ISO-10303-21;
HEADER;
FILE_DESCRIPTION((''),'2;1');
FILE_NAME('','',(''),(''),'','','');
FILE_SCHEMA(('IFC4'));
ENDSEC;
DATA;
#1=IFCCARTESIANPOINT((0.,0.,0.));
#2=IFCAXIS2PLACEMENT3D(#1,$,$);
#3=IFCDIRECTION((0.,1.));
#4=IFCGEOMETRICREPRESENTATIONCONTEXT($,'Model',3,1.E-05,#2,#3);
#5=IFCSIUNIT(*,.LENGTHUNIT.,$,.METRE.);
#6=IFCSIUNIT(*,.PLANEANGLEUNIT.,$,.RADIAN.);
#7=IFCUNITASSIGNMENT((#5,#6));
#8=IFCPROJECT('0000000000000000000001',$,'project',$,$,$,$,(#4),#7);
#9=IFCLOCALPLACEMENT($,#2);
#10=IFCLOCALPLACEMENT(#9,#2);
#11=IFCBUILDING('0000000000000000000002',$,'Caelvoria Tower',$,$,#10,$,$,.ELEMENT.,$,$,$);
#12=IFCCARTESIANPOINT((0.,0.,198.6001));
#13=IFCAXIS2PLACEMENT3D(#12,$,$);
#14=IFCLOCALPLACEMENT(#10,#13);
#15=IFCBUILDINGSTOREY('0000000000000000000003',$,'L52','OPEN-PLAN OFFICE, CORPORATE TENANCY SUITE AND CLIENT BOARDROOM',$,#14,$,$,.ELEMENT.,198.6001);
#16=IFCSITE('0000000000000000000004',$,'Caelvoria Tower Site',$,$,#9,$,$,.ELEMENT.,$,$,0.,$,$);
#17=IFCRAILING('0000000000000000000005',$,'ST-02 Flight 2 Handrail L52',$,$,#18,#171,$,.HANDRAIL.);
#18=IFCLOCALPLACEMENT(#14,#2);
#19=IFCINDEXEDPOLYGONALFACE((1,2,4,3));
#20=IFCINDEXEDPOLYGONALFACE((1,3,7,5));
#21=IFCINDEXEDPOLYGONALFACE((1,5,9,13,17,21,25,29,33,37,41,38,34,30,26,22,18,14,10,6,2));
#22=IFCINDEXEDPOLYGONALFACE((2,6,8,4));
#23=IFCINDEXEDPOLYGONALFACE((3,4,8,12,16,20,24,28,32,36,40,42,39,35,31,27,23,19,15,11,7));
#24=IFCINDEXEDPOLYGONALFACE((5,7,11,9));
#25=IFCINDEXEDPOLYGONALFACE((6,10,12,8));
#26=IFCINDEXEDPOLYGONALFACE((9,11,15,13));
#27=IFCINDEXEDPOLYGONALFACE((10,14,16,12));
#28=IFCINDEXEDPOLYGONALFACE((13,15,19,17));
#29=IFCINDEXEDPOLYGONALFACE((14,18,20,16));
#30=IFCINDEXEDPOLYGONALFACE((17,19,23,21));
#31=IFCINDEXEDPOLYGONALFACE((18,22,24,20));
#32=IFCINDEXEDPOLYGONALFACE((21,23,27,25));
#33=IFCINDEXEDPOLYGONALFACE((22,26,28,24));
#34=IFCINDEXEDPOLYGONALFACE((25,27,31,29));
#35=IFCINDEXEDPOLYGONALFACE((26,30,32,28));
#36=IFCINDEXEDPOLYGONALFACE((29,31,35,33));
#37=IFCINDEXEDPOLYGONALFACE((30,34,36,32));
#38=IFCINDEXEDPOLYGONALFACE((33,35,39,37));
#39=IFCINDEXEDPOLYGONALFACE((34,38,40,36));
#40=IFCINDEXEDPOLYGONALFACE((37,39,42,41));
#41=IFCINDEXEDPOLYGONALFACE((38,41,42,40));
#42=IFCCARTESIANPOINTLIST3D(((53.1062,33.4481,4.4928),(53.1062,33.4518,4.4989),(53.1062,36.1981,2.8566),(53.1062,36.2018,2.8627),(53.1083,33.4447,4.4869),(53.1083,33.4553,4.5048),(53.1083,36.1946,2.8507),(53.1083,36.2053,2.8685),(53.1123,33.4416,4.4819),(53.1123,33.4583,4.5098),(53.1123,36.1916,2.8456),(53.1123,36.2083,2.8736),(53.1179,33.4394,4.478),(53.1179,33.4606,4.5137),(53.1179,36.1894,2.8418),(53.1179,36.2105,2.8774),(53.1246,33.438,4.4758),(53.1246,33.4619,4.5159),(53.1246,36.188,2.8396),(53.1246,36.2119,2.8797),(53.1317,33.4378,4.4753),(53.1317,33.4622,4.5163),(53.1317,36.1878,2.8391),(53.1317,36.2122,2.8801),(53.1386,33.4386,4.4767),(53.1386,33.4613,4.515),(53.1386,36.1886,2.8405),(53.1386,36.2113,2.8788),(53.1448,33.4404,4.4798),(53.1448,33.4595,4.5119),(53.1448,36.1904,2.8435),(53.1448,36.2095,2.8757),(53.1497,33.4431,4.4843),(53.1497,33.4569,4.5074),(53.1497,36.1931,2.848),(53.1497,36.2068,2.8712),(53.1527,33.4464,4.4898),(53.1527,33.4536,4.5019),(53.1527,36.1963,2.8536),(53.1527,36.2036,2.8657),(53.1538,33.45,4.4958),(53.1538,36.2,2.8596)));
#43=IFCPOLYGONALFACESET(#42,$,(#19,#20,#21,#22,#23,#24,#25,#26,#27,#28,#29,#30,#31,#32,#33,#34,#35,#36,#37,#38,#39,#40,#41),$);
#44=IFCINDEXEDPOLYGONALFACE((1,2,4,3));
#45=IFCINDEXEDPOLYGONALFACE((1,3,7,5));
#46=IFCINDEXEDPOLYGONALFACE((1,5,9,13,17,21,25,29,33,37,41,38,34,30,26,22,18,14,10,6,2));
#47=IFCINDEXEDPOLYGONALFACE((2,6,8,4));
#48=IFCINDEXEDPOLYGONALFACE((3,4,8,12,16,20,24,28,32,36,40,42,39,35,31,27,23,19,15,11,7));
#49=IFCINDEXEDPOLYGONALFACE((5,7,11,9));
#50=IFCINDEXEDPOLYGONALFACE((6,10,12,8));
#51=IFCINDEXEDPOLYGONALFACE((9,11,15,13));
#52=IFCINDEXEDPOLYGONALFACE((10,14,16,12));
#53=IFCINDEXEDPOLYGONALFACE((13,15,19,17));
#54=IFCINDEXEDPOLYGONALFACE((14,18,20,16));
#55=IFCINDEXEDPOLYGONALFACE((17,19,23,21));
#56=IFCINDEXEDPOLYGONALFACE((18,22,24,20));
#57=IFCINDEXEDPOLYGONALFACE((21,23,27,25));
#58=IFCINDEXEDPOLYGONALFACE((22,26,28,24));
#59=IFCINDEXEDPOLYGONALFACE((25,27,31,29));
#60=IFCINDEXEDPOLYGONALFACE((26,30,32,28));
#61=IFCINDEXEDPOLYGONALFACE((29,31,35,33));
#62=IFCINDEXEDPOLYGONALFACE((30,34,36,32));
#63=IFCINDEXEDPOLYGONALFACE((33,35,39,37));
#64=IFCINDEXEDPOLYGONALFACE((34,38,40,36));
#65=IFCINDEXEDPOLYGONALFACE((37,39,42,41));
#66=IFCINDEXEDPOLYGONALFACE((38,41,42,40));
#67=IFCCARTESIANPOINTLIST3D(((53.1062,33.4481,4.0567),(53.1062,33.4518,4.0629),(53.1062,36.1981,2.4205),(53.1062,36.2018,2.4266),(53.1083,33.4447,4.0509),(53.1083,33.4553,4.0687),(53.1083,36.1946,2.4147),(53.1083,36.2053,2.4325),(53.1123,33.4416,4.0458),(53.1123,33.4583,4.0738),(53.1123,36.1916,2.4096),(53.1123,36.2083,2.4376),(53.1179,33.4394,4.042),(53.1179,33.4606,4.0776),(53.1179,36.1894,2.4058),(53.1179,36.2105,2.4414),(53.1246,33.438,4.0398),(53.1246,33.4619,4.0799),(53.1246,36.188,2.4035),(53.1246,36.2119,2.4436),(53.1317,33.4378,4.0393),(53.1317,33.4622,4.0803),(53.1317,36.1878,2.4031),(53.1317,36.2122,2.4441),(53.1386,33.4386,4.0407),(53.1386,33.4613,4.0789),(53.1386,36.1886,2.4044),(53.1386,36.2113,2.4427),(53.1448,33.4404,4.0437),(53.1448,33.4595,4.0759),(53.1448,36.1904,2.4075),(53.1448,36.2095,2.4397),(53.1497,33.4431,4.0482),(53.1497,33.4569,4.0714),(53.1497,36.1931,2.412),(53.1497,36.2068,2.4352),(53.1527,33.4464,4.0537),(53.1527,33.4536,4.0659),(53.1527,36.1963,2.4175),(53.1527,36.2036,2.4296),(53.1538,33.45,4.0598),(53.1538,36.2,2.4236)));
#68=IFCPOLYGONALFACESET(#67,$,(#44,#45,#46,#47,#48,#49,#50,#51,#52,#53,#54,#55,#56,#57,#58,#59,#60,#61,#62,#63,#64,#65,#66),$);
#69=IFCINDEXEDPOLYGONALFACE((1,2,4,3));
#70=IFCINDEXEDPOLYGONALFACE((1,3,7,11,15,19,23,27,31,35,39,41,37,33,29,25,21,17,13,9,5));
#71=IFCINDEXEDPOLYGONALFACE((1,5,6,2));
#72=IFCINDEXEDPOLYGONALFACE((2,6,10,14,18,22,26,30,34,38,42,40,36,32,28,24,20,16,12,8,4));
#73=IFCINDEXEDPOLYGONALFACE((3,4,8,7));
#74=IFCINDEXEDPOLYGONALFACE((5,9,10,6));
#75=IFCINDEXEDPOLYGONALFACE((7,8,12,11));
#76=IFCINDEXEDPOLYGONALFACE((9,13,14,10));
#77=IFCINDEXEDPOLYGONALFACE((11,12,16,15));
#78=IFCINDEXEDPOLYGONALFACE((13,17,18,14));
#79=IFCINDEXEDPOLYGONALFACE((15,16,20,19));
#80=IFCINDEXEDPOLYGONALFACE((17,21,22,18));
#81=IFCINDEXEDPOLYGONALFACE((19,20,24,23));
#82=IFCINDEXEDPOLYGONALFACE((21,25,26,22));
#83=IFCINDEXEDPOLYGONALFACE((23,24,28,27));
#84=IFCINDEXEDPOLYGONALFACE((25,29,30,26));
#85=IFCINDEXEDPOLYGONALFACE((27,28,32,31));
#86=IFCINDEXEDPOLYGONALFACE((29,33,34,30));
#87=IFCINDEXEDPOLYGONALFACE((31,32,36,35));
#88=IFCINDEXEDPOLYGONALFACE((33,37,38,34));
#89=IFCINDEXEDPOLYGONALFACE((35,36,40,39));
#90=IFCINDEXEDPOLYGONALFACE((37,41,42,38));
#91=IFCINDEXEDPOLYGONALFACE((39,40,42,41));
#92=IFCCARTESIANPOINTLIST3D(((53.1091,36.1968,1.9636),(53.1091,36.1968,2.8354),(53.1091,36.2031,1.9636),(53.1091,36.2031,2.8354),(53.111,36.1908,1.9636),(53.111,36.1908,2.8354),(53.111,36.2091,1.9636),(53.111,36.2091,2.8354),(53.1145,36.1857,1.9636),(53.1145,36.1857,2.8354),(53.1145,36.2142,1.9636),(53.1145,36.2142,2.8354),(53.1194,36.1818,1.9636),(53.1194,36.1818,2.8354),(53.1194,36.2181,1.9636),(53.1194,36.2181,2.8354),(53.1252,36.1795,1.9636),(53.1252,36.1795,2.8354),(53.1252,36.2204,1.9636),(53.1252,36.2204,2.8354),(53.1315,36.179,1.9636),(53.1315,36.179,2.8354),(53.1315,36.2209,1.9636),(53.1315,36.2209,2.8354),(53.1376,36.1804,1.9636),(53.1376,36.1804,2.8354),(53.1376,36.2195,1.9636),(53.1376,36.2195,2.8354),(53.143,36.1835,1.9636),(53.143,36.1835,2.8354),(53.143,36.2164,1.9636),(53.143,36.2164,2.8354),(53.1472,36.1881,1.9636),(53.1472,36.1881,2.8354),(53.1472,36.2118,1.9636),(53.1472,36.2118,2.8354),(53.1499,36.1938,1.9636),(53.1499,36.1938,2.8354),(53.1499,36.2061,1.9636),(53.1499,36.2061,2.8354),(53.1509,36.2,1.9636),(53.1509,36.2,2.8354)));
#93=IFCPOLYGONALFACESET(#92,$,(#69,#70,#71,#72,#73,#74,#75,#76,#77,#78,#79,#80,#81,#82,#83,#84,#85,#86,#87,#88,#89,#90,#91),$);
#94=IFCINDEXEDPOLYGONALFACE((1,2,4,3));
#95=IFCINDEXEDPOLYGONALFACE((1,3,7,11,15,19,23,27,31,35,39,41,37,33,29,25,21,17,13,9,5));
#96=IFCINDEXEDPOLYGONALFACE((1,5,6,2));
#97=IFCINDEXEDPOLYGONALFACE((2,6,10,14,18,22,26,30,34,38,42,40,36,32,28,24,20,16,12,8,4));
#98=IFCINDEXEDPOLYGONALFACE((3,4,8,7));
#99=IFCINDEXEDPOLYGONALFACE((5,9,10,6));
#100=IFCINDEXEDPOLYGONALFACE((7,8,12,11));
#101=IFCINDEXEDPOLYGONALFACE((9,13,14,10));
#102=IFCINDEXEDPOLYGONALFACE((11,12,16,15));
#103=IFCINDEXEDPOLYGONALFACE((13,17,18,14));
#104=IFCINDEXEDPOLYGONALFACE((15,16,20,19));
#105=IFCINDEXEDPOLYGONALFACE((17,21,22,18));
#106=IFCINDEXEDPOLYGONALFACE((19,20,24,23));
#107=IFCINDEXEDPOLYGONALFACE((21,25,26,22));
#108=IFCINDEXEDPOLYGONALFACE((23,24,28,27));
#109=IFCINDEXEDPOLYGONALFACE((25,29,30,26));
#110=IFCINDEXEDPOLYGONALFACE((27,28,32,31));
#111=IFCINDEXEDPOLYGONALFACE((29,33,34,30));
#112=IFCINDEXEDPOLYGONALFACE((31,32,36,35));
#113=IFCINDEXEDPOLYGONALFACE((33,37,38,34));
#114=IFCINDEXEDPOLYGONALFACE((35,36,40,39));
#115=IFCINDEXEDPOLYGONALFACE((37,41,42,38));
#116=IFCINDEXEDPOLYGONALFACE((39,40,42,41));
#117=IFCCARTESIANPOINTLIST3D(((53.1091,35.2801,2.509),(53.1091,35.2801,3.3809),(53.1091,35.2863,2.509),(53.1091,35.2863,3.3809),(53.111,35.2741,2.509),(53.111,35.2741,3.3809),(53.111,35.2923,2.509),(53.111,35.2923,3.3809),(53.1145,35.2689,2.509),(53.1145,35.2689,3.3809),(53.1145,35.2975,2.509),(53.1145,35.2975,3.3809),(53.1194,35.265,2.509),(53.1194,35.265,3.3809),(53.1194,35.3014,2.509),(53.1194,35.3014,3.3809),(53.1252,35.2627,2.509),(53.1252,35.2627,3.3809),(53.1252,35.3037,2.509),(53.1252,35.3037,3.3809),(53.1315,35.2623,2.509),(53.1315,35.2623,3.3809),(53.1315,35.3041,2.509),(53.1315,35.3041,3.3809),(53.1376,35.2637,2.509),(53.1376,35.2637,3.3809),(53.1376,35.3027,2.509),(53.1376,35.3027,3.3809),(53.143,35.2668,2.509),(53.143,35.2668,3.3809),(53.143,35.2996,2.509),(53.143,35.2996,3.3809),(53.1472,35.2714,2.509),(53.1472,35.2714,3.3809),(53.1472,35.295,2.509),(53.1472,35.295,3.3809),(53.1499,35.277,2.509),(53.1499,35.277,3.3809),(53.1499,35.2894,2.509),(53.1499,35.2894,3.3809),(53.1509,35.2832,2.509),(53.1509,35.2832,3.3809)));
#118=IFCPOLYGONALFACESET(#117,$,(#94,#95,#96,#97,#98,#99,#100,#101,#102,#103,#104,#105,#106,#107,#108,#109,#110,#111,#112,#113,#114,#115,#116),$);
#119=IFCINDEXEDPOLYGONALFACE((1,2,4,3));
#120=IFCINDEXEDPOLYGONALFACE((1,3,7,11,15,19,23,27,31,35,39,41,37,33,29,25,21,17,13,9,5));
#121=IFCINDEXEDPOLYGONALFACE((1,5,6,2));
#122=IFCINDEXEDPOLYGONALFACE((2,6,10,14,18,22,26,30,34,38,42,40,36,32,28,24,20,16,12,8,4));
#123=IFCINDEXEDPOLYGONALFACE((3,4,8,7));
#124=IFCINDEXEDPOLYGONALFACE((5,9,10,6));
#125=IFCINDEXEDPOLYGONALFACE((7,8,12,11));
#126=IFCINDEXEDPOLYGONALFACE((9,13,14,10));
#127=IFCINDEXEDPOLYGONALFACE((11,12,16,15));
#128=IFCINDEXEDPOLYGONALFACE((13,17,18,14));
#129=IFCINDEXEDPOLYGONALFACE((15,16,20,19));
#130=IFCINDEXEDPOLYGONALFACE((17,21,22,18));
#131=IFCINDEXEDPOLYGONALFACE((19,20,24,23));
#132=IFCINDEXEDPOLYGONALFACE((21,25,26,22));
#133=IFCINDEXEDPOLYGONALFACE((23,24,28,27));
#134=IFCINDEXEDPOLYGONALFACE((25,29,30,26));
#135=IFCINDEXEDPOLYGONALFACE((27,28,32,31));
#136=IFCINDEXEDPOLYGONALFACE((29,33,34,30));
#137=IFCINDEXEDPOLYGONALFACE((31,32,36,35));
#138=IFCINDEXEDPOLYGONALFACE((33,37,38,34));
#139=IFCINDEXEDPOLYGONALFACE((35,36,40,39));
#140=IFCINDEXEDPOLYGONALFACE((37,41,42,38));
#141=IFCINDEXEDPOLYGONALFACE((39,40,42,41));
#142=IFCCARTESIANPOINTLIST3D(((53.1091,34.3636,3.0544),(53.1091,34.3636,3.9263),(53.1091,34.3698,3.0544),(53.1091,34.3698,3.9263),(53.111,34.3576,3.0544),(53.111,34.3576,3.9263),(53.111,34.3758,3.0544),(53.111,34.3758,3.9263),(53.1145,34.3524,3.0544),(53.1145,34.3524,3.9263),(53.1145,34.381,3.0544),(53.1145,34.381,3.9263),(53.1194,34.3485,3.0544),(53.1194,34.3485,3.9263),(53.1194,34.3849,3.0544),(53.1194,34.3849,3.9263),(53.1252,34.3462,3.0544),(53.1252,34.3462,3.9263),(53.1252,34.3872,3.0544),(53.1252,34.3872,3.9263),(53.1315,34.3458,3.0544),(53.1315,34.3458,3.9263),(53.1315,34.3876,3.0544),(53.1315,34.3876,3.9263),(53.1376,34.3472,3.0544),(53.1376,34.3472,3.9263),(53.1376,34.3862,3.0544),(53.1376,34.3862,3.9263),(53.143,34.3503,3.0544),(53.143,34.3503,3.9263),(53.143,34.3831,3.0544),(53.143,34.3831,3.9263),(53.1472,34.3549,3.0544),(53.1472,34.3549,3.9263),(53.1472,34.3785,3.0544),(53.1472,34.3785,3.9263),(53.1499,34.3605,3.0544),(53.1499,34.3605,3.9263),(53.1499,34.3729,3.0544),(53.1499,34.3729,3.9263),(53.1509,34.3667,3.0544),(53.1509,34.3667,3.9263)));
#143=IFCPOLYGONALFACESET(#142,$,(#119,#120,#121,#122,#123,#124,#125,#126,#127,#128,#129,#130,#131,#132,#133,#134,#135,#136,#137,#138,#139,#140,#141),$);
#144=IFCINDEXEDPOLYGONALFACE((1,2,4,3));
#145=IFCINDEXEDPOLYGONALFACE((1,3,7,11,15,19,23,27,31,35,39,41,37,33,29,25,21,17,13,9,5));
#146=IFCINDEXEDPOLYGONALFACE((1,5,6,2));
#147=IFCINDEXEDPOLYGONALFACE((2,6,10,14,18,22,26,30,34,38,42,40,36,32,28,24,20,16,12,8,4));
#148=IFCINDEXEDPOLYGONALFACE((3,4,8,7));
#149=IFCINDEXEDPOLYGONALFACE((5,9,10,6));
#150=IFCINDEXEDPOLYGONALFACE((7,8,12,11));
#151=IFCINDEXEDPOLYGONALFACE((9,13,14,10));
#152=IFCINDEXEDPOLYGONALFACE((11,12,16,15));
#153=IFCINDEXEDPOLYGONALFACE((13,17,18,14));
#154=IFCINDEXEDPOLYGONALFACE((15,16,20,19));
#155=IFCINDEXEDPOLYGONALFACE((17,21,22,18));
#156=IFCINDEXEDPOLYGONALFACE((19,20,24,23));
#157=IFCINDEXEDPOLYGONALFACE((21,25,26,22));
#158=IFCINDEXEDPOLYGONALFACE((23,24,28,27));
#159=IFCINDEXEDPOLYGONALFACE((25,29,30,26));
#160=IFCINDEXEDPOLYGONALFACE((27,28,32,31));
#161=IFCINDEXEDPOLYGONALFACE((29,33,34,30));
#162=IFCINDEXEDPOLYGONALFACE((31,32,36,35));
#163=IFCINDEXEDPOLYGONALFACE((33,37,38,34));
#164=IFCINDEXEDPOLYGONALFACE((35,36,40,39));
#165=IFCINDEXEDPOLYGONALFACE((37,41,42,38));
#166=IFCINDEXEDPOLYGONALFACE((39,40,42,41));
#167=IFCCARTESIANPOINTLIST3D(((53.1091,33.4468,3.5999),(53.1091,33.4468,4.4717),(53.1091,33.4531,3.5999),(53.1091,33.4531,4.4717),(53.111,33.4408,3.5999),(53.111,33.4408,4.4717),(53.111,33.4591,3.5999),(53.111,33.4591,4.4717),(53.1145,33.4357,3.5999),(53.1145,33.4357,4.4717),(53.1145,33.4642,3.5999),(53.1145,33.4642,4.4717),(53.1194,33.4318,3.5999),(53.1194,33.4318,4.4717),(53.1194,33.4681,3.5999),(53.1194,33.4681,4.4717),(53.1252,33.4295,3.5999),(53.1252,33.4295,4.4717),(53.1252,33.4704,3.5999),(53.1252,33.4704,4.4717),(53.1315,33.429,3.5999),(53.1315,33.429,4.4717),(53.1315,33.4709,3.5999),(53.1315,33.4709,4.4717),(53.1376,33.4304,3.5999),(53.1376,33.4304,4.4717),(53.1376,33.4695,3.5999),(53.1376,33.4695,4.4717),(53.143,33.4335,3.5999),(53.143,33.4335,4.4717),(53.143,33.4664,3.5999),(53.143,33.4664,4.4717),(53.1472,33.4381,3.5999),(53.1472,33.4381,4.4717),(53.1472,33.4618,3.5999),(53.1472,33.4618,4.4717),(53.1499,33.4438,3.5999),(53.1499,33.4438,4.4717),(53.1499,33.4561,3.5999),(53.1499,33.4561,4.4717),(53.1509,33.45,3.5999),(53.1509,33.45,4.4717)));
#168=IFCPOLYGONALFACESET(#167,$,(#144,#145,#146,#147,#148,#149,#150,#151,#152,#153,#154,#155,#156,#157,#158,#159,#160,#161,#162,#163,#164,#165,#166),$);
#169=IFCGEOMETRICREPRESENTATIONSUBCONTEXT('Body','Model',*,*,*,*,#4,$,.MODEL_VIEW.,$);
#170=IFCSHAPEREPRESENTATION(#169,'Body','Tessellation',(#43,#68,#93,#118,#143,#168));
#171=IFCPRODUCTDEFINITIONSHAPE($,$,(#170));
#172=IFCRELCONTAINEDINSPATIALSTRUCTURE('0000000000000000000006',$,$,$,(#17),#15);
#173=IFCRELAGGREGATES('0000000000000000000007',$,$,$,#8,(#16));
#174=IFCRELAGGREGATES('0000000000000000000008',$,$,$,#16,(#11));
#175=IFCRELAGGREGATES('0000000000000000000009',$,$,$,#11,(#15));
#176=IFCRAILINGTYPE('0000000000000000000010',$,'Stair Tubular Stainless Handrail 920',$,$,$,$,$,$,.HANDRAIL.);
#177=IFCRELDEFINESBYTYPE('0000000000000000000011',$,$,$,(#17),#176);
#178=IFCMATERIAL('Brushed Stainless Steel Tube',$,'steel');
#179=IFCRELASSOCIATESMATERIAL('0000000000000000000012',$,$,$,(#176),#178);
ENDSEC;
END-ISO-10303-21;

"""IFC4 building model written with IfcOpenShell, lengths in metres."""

from ifc_helpers import new_model, si_unit, direction, frame, origin, origin_2d, place, context, subcontext, project, spatial, circle, extrude, material, type_object, element, save


model = new_model("IFC4")

# Units and contexts
model_context = context("Model", 3, precision=1e-05, world=origin(), true_north=direction((0.0, 1.0)))
body_context = subcontext(model_context, "Body", "Model", "MODEL_VIEW")
ifc_project = project(units=[si_unit("LENGTHUNIT", "METRE"), si_unit("PLANEANGLEUNIT", "RADIAN")], contexts=[model_context])

# Site, building, storey
site_placement = place(None, origin())
site = spatial("IfcSite", under=ifc_project, at=site_placement, Name="Caelvoria Tower Site", CompositionType="ELEMENT", RefElevation=0.0)
building_placement = place(site_placement, origin())
building = spatial("IfcBuilding", under=site, at=building_placement, Name="Caelvoria Tower", CompositionType="ELEMENT")
storey_placement = place(building_placement, frame((0.0, 0.0, 198.6001)))
storey = spatial("IfcBuildingStorey", under=building, at=storey_placement, Name="L52", Description="OPEN-PLAN OFFICE, CORPORATE TENANCY SUITE AND CLIENT BOARDROOM", CompositionType="ELEMENT", Elevation=198.6001)

# Railing
ifc_material_1 = material(Name="Brushed Stainless Steel Tube", Category="steel")
railing_type_1 = type_object("IfcRailingType", Name="Stair Tubular Stainless Handrail 920", PredefinedType="HANDRAIL", material=ifc_material_1)
railing_1_placement = place(storey_placement, frame((53.1299, 36.2, 1.9636)))
element("IfcRailing", 1, at=railing_1_placement, inside=storey, type_object=railing_type_1, Name="ST-02 Flight 2 Handrail L52", PredefinedType="HANDRAIL", context=body_context, shape_type="SweptSolid", body=[
    extrude(circle(Radius=0.0239, at=origin_2d()), frame((0.0, 0.0, 0.896), z_axis=(0.0, -0.859385, 0.511328), x_axis=(1.0, 0.0, 0.0)), (0.0, 0.0, 1.0), 3.2),
    extrude(circle(Radius=0.0239, at=origin_2d()), frame((0.0, 0.0, 0.46), z_axis=(0.0, -0.859385, 0.511328), x_axis=(1.0, 0.0, 0.0)), (0.0, 0.0, 1.0), 3.2),
    extrude(circle(Radius=0.021, at=origin_2d()), origin(), (0.0, 0.0, 1.0), 0.8718),
    extrude(circle(Radius=0.021, at=origin_2d()), frame((0.0, -0.9167, 0.5454)), (0.0, 0.0, 1.0), 0.8718),
    extrude(circle(Radius=0.021, at=origin_2d()), frame((0.0, -1.8333, 1.0908)), (0.0, 0.0, 1.0), 0.8718),
    extrude(circle(Radius=0.021, at=origin_2d()), frame((0.0, -2.75, 1.6362)), (0.0, 0.0, 1.0), 0.8718),
])

save(model, "model.ifc")
